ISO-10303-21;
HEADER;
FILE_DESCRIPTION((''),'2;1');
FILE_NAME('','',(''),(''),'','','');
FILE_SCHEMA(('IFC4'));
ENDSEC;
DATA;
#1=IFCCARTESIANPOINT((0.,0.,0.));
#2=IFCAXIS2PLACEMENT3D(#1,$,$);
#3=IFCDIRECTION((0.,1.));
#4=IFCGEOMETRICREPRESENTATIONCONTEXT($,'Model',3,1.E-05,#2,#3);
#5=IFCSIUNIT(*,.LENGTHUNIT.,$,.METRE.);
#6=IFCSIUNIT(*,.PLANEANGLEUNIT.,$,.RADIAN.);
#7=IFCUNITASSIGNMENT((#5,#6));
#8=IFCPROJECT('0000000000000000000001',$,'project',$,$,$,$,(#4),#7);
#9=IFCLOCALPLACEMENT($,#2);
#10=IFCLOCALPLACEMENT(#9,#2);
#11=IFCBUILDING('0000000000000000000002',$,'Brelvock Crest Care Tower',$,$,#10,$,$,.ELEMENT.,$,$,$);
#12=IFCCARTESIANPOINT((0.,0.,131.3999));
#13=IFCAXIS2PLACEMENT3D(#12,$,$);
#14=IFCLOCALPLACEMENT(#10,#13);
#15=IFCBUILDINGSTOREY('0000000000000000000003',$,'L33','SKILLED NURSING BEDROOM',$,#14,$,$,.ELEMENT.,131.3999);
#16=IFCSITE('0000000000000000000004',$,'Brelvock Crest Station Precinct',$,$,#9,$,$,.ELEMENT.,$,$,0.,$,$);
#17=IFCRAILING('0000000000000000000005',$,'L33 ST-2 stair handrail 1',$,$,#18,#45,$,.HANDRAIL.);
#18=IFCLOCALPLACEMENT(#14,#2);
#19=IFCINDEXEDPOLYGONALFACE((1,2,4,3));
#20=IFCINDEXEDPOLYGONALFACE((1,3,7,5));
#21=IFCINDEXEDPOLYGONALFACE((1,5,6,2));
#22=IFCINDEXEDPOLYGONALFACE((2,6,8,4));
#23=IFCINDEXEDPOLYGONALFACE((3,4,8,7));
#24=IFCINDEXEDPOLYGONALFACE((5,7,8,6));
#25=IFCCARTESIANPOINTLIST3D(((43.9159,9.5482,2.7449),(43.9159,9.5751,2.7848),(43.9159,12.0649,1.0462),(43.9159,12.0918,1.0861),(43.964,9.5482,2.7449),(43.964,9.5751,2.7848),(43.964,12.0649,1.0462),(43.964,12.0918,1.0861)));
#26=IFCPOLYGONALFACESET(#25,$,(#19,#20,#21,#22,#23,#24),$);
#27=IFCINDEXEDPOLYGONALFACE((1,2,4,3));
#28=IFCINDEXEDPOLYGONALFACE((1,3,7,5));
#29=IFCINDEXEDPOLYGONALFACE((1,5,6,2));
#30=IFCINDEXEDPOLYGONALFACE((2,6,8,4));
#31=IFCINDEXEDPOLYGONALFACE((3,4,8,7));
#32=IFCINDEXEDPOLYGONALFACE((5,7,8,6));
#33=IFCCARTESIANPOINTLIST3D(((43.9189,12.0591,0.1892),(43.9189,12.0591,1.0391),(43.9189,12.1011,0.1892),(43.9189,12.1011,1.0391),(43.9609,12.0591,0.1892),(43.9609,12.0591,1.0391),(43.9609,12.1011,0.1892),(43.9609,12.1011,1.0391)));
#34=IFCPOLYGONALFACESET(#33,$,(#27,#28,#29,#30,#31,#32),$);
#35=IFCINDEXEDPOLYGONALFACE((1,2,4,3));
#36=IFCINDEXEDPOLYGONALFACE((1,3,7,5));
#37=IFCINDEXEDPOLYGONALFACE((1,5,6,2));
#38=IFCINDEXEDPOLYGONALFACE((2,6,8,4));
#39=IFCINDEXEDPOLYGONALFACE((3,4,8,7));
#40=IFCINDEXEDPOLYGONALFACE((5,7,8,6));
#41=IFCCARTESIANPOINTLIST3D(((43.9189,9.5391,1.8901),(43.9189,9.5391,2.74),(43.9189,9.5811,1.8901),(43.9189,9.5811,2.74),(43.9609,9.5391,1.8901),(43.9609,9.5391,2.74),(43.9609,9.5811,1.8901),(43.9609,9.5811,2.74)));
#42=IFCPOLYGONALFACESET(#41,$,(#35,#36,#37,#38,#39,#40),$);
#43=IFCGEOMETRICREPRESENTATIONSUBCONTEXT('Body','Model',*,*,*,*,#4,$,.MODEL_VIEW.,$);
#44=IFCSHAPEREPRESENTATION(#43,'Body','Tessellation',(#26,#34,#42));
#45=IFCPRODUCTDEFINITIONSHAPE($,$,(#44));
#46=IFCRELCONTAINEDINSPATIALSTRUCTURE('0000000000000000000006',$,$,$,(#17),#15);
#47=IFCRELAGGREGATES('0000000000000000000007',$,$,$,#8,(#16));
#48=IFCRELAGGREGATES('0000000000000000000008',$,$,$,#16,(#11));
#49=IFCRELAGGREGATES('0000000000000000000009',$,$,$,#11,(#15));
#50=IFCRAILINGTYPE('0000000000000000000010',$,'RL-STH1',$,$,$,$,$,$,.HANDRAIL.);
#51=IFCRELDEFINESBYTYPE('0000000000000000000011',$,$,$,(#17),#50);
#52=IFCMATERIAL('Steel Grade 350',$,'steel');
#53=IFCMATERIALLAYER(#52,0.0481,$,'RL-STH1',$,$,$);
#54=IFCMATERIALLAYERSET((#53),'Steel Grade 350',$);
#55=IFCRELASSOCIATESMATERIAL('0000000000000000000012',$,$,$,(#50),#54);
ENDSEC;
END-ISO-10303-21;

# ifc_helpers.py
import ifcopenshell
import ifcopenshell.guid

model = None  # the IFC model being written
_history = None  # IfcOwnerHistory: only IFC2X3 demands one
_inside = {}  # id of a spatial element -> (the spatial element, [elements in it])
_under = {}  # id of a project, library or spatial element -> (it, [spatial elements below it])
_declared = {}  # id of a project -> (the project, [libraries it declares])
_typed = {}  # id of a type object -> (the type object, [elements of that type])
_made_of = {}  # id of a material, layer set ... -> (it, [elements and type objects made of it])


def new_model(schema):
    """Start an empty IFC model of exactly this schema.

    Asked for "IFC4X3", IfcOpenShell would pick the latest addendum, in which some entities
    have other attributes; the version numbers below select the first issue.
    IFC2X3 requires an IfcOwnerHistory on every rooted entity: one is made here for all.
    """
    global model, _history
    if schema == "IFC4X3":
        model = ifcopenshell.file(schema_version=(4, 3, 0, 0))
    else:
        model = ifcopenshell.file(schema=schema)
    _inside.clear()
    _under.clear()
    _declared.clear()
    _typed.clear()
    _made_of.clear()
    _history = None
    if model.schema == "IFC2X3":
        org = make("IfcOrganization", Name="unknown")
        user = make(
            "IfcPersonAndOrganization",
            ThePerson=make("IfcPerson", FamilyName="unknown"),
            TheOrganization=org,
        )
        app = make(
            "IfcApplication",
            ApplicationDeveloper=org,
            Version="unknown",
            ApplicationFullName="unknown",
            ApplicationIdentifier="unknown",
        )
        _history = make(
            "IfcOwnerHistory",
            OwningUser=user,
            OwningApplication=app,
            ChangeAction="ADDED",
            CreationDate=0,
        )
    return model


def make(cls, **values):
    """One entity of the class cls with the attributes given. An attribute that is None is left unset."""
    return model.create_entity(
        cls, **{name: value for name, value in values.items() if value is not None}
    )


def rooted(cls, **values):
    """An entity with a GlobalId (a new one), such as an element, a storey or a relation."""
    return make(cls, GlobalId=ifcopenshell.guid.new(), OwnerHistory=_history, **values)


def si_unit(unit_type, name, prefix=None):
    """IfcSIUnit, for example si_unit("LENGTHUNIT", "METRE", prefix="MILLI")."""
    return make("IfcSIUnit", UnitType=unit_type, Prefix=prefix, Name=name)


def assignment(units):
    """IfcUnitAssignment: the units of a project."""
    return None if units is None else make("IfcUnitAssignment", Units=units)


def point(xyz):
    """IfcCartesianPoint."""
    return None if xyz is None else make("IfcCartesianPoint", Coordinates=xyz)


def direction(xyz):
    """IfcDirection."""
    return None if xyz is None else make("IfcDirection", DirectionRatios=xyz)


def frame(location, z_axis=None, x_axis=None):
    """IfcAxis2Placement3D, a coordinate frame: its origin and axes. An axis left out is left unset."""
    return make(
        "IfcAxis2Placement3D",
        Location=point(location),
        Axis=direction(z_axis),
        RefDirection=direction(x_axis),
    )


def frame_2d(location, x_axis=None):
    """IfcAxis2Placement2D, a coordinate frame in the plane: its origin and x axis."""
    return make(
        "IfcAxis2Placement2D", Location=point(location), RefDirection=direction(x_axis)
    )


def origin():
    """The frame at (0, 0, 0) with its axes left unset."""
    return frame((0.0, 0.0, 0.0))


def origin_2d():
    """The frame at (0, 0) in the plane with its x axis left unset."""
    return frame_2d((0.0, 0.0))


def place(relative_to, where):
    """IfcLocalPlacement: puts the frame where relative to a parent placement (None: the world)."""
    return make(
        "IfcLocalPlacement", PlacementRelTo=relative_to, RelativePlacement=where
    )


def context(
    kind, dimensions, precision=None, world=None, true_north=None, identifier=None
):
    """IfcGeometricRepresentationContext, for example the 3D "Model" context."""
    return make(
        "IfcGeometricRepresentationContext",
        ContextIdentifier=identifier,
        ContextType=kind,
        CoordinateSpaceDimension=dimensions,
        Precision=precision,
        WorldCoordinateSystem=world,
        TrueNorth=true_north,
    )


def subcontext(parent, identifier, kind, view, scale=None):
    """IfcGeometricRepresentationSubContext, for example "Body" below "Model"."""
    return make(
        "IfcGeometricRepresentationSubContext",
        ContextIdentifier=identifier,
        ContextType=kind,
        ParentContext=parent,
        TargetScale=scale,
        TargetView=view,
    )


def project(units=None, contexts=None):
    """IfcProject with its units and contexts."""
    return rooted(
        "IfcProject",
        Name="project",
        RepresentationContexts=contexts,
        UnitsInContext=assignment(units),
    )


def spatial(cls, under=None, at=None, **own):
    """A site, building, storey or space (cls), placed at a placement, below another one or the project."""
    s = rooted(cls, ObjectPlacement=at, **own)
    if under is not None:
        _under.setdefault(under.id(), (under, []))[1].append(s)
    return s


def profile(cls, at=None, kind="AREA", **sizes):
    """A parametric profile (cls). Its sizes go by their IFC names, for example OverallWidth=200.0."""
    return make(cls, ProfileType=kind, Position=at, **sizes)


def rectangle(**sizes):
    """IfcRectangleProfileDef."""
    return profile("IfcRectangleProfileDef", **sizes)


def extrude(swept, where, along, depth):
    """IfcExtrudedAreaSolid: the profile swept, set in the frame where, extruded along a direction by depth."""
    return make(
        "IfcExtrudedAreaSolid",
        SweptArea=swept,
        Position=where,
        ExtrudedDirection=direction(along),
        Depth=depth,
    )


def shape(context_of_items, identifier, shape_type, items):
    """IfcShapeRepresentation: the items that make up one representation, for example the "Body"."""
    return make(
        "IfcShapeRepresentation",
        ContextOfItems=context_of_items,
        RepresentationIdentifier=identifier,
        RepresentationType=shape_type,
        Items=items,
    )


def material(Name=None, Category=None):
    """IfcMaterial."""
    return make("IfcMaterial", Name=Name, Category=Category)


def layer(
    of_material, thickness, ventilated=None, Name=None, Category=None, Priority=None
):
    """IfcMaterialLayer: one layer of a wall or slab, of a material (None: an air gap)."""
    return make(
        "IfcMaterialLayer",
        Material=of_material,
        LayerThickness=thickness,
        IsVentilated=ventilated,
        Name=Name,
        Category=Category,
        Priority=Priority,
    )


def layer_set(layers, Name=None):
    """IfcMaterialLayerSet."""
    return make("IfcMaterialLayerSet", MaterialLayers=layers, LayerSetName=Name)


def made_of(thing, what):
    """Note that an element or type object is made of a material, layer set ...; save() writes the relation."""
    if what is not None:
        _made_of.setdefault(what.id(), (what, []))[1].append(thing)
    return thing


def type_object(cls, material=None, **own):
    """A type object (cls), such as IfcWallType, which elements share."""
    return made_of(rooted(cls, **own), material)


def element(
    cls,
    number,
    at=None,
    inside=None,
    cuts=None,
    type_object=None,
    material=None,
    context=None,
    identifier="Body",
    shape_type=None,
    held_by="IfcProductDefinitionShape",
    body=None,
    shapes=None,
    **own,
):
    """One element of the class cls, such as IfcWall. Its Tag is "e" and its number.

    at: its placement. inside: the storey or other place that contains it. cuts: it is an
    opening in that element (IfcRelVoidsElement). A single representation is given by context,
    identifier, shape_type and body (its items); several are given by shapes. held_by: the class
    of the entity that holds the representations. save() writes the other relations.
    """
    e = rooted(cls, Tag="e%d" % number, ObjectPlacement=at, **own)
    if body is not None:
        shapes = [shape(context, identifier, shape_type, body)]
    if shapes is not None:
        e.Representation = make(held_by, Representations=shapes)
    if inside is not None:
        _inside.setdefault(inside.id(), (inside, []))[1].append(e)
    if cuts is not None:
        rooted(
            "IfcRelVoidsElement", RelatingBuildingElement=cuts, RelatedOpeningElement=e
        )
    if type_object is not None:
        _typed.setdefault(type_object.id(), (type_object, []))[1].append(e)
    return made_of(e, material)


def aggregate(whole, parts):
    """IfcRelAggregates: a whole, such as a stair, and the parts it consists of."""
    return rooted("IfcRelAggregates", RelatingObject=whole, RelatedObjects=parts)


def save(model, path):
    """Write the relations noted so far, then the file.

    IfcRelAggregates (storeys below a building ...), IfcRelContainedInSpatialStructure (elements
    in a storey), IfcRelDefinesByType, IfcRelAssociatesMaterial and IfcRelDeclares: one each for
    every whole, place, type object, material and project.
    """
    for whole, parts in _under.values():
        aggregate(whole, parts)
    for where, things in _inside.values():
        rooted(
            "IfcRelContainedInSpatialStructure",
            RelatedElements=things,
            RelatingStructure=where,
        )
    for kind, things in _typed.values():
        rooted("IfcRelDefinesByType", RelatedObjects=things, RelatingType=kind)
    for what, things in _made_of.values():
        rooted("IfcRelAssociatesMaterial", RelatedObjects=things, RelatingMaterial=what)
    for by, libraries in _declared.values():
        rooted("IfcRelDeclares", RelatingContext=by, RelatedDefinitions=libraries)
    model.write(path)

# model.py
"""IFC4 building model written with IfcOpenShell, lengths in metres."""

from ifc_helpers import new_model, si_unit, direction, frame, origin, origin_2d, place, context, subcontext, project, spatial, rectangle, extrude, material, layer, layer_set, type_object, element, save


model = new_model("IFC4")

# Units and contexts
model_context = context("Model", 3, precision=1e-05, world=origin(), true_north=direction((0.0, 1.0)))
body_context = subcontext(model_context, "Body", "Model", "MODEL_VIEW")
ifc_project = project(units=[si_unit("LENGTHUNIT", "METRE"), si_unit("PLANEANGLEUNIT", "RADIAN")], contexts=[model_context])

# Site, building, storey
site_placement = place(None, origin())
site = spatial("IfcSite", under=ifc_project, at=site_placement, Name="Brelvock Crest Station Precinct", CompositionType="ELEMENT", RefElevation=0.0)
building_placement = place(site_placement, origin())
building = spatial("IfcBuilding", under=site, at=building_placement, Name="Brelvock Crest Care Tower", CompositionType="ELEMENT")
storey_placement = place(building_placement, frame((0.0, 0.0, 131.3999)))
storey = spatial("IfcBuildingStorey", under=building, at=storey_placement, Name="L33", Description="SKILLED NURSING BEDROOM", CompositionType="ELEMENT", Elevation=131.3999)

# Shared definitions
ifc_material_1 = material(Name="Steel Grade 350", Category="steel")

# Railing
ifc_layer_1 = layer(ifc_material_1, 0.0481, Name="RL-STH1")
ifc_layer_set_1 = layer_set([ifc_layer_1], Name="Steel Grade 350")
railing_type_1 = type_object("IfcRailingType", Name="RL-STH1", PredefinedType="HANDRAIL", material=ifc_layer_set_1)
railing_1_placement = place(storey_placement, frame((43.9399, 12.0801, 0.1892)))
element("IfcRailing", 1, at=railing_1_placement, inside=storey, type_object=railing_type_1, Name="L33 ST-2 stair handrail 1", PredefinedType="HANDRAIL", context=body_context, shape_type="SweptSolid", body=[
    extrude(rectangle(XDim=0.0481, YDim=0.0481, at=origin_2d()), frame((0.0, -0.0017, 0.877), z_axis=(0.0, -0.828862, 0.559454), x_axis=(1.0, 0.0, 0.0)), (0.0, 0.0, 1.0), 3.0364),
    extrude(rectangle(XDim=0.042, YDim=0.042, at=origin_2d()), origin(), (0.0, 0.0, 1.0), 0.8499),
    extrude(rectangle(XDim=0.042, YDim=0.042, at=origin_2d()), frame((0.0, -2.52, 1.7009)), (0.0, 0.0, 1.0), 0.8499),
])

save(model, "model.ifc")
